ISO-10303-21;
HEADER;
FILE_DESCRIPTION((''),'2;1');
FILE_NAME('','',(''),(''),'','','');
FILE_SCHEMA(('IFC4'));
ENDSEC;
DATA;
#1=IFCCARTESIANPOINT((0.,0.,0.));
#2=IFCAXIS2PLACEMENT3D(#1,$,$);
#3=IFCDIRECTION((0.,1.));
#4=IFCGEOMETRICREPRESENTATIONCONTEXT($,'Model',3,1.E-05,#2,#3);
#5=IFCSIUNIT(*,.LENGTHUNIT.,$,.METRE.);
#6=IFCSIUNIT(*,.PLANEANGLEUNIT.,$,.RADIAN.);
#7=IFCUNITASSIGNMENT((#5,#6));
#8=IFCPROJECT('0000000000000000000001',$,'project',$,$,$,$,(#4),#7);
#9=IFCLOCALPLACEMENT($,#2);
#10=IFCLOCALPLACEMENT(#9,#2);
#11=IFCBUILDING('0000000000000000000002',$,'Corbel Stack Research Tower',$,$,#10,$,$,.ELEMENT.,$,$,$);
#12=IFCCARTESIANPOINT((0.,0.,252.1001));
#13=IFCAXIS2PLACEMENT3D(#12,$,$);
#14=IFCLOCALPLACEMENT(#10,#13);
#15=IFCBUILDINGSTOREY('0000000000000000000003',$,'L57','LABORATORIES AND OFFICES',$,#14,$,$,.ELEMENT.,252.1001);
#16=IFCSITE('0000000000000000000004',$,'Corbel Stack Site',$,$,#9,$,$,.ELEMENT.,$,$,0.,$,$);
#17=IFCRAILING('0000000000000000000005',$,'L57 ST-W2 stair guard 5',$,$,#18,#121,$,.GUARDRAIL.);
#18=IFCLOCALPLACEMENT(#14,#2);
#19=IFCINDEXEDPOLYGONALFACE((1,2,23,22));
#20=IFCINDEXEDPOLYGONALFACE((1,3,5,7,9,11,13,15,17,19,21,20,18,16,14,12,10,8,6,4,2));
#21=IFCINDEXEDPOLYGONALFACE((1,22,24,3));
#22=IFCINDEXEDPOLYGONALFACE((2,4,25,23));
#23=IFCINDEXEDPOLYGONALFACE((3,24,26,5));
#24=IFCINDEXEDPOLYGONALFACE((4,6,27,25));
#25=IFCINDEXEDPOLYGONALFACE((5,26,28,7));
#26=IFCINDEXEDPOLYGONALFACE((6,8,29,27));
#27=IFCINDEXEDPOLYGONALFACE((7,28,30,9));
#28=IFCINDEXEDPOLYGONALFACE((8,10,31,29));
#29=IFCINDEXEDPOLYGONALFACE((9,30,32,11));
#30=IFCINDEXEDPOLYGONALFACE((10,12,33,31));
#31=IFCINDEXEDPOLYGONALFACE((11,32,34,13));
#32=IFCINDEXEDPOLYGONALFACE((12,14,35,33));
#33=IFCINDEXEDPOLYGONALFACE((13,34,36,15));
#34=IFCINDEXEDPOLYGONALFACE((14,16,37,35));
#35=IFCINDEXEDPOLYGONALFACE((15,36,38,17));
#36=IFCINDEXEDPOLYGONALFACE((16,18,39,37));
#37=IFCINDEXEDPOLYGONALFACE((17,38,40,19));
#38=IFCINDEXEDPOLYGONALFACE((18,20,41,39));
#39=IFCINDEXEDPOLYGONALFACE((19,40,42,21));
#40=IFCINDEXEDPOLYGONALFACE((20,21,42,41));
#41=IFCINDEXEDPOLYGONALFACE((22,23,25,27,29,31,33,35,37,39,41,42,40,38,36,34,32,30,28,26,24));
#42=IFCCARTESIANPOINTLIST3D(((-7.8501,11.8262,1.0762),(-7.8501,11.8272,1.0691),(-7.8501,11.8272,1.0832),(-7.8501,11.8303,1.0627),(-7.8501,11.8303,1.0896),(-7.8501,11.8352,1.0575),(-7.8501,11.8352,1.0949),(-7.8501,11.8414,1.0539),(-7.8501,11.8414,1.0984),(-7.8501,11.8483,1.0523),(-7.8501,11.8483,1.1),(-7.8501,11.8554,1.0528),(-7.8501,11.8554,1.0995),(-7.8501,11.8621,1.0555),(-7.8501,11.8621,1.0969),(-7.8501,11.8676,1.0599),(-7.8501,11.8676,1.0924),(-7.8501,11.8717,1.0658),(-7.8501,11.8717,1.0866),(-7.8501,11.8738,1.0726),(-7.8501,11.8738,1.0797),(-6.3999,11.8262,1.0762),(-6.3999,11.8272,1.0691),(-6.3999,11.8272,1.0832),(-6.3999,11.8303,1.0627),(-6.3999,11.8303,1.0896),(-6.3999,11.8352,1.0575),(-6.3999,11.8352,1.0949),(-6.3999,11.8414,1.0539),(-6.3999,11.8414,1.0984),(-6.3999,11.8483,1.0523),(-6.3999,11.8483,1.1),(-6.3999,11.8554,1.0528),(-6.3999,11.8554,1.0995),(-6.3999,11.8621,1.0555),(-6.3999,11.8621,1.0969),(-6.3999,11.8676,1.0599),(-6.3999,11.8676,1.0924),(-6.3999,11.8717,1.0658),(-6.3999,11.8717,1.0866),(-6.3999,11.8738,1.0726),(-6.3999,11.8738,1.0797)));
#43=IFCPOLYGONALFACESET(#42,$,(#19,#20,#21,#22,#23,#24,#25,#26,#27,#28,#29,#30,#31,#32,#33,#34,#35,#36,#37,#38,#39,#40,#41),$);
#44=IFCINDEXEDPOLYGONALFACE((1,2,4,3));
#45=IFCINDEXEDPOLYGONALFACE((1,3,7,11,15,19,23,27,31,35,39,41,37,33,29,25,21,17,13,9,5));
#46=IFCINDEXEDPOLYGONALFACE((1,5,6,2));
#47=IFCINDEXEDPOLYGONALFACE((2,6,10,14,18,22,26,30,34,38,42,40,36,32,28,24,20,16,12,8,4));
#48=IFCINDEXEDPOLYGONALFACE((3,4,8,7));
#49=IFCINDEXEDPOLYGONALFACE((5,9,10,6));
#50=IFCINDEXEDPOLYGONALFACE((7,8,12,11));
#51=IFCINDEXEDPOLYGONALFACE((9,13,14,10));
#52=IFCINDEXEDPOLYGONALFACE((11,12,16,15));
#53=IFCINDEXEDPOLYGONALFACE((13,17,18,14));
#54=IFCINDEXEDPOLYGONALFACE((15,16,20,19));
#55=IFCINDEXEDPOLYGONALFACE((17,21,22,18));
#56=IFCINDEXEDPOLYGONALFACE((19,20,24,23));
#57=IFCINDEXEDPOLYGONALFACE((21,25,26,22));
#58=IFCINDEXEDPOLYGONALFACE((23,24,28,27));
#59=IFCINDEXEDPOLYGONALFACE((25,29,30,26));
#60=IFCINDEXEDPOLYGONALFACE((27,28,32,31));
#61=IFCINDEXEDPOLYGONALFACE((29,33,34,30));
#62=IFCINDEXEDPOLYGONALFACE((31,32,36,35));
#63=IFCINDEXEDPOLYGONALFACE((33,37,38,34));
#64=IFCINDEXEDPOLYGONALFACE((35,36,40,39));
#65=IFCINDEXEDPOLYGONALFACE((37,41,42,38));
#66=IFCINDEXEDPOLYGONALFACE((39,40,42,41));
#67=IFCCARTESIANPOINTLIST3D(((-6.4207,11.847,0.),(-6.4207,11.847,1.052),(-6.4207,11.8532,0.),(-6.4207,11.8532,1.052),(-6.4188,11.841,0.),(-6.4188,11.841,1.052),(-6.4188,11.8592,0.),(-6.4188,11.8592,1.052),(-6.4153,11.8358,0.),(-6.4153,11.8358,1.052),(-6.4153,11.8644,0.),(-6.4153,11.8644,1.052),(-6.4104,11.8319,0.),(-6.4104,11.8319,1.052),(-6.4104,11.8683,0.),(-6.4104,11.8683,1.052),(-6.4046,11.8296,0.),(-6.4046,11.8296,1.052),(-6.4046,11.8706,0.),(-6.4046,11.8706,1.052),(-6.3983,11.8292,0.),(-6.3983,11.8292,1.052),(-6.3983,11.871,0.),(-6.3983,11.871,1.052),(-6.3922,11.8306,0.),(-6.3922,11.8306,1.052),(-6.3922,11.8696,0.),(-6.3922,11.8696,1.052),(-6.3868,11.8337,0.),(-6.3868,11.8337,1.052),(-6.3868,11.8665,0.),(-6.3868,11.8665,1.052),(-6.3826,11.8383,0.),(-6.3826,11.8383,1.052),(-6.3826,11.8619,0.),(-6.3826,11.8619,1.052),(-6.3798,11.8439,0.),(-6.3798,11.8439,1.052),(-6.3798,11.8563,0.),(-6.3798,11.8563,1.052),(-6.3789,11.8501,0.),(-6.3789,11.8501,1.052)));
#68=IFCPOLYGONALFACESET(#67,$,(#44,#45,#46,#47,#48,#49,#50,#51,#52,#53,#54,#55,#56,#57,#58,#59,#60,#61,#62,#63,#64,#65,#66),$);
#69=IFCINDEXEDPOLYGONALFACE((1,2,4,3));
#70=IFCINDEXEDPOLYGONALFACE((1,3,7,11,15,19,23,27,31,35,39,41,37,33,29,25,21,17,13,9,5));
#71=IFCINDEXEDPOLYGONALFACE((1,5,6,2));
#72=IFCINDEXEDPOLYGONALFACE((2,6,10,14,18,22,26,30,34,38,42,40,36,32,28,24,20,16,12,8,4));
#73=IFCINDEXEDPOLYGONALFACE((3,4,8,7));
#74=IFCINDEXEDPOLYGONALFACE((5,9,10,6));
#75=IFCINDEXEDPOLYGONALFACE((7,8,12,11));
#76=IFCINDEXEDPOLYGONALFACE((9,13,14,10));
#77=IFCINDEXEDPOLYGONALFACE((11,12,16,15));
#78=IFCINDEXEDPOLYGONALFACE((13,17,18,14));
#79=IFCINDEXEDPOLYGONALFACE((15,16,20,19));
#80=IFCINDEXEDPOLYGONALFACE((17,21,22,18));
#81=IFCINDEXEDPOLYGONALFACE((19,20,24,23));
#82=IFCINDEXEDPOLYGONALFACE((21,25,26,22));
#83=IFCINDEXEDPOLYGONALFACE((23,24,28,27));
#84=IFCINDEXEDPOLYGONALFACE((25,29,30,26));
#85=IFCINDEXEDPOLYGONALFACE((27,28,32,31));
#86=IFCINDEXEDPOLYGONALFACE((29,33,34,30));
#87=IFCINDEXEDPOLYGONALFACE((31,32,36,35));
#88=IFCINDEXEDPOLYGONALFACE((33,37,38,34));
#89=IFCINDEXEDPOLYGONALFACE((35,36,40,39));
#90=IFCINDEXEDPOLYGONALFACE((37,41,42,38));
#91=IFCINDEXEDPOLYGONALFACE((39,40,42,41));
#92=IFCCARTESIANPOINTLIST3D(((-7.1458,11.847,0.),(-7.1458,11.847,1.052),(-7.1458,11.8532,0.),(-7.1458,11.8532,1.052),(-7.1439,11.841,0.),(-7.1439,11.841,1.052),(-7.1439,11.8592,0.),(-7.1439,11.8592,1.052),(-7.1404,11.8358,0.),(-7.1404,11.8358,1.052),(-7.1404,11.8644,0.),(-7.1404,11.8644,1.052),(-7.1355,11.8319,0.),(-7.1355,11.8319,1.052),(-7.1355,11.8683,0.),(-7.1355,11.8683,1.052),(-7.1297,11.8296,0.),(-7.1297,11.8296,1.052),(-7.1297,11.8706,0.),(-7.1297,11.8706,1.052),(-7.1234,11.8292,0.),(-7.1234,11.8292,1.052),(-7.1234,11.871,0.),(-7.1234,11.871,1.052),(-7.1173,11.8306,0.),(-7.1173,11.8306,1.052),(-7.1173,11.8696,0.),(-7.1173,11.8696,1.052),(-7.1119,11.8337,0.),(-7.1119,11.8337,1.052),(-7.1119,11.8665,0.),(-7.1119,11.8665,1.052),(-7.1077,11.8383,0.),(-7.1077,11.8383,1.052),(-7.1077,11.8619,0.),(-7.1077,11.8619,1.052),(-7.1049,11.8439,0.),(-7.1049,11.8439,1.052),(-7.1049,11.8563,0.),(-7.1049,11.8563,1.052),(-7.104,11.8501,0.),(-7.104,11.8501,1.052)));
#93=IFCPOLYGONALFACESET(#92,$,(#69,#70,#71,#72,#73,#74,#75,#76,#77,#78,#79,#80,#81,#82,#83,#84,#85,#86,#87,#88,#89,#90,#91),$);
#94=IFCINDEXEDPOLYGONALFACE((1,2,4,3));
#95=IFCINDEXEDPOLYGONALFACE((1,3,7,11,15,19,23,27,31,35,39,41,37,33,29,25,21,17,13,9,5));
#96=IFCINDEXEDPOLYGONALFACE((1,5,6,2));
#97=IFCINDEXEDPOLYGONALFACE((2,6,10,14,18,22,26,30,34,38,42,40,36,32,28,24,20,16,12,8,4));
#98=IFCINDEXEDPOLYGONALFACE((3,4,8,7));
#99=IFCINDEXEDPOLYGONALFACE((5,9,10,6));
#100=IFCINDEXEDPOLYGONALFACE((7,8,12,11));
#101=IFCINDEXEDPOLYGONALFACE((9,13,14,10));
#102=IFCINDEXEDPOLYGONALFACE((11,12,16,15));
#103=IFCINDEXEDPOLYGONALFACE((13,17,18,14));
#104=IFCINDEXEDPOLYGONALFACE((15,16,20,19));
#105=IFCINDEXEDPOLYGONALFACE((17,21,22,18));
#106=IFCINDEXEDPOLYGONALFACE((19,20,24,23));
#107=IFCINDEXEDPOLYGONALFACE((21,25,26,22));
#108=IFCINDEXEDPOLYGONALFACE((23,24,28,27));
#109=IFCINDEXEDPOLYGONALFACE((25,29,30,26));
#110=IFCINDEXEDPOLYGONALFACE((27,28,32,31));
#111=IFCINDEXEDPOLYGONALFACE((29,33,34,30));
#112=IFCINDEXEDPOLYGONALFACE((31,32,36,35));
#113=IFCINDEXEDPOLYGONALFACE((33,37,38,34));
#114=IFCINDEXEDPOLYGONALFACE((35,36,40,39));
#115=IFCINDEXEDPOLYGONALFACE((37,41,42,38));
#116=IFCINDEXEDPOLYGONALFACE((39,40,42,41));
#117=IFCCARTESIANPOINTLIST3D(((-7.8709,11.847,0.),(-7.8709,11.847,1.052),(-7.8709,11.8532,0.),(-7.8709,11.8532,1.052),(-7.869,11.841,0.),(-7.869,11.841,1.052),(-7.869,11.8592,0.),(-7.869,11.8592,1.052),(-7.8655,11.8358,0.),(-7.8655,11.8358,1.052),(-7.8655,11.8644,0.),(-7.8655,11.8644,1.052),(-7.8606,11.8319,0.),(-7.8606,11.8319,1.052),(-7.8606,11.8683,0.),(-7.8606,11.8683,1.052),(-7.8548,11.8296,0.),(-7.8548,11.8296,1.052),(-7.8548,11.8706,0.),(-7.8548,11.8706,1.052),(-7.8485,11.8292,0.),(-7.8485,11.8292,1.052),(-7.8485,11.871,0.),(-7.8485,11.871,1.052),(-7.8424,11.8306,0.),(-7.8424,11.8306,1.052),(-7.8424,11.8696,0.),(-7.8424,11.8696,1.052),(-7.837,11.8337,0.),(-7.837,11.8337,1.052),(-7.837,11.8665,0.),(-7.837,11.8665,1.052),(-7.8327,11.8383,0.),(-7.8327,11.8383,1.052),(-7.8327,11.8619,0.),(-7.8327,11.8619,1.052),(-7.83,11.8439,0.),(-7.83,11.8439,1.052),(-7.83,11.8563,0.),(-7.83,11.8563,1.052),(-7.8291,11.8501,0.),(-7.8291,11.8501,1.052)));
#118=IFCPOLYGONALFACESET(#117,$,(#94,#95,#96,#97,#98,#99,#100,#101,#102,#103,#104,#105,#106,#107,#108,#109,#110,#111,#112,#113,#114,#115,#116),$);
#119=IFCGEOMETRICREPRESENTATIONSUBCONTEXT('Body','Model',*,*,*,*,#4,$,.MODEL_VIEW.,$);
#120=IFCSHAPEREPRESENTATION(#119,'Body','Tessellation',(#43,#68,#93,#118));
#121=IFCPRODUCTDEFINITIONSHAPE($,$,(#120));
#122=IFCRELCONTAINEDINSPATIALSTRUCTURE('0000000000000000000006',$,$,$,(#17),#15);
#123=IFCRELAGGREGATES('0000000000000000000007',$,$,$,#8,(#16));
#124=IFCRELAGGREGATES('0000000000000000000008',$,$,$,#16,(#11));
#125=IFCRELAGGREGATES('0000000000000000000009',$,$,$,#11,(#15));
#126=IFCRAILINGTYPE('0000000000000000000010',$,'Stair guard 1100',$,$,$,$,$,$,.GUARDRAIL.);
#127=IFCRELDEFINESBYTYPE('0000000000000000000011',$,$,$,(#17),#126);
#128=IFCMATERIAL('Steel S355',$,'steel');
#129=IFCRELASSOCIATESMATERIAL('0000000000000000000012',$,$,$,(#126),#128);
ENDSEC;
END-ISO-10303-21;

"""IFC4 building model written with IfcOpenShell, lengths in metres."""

from ifc_helpers import new_model, si_unit, direction, frame, origin, origin_2d, place, context, subcontext, project, spatial, circle, extrude, material, type_object, element, save


model = new_model("IFC4")

# Units and contexts
model_context = context("Model", 3, precision=1e-05, world=origin(), true_north=direction((0.0, 1.0)))
body_context = subcontext(model_context, "Body", "Model", "MODEL_VIEW")
ifc_project = project(units=[si_unit("LENGTHUNIT", "METRE"), si_unit("PLANEANGLEUNIT", "RADIAN")], contexts=[model_context])

# Site, building, storey
site_placement = place(None, origin())
site = spatial("IfcSite", under=ifc_project, at=site_placement, Name="Corbel Stack Site", CompositionType="ELEMENT", RefElevation=0.0)
building_placement = place(site_placement, origin())
building = spatial("IfcBuilding", under=site, at=building_placement, Name="Corbel Stack Research Tower", CompositionType="ELEMENT")
storey_placement = place(building_placement, frame((0.0, 0.0, 252.1001)))
storey = spatial("IfcBuildingStorey", under=building, at=storey_placement, Name="L57", Description="LABORATORIES AND OFFICES", CompositionType="ELEMENT", Elevation=252.1001)

# Railing
ifc_material_1 = material(Name="Steel S355", Category="steel")
railing_type_1 = type_object("IfcRailingType", Name="Stair guard 1100", PredefinedType="GUARDRAIL", material=ifc_material_1)
railing_1_placement = place(storey_placement, frame((-6.3999, 11.8501, 0.0)))
element("IfcRailing", 1, at=railing_1_placement, inside=storey, type_object=railing_type_1, Name="L57 ST-W2 stair guard 5", PredefinedType="GUARDRAIL", context=body_context, shape_type="SweptSolid", body=[
    extrude(circle(Radius=0.0239, at=origin_2d()), frame((0.0, 0.0, 1.0762), z_axis=(-1.0, 0.0, 0.0), x_axis=(0.0, -1.0, 0.0)), (0.0, 0.0, 1.0), 1.4502),
    extrude(circle(Radius=0.021, at=origin_2d()), origin(), (0.0, 0.0, 1.0), 1.052),
    extrude(circle(Radius=0.021, at=origin_2d()), frame((-0.7251, 0.0, 0.0)), (0.0, 0.0, 1.0), 1.052),
    extrude(circle(Radius=0.021, at=origin_2d()), frame((-1.4502, 0.0, 0.0)), (0.0, 0.0, 1.0), 1.052),
])

save(model, "model.ifc")
